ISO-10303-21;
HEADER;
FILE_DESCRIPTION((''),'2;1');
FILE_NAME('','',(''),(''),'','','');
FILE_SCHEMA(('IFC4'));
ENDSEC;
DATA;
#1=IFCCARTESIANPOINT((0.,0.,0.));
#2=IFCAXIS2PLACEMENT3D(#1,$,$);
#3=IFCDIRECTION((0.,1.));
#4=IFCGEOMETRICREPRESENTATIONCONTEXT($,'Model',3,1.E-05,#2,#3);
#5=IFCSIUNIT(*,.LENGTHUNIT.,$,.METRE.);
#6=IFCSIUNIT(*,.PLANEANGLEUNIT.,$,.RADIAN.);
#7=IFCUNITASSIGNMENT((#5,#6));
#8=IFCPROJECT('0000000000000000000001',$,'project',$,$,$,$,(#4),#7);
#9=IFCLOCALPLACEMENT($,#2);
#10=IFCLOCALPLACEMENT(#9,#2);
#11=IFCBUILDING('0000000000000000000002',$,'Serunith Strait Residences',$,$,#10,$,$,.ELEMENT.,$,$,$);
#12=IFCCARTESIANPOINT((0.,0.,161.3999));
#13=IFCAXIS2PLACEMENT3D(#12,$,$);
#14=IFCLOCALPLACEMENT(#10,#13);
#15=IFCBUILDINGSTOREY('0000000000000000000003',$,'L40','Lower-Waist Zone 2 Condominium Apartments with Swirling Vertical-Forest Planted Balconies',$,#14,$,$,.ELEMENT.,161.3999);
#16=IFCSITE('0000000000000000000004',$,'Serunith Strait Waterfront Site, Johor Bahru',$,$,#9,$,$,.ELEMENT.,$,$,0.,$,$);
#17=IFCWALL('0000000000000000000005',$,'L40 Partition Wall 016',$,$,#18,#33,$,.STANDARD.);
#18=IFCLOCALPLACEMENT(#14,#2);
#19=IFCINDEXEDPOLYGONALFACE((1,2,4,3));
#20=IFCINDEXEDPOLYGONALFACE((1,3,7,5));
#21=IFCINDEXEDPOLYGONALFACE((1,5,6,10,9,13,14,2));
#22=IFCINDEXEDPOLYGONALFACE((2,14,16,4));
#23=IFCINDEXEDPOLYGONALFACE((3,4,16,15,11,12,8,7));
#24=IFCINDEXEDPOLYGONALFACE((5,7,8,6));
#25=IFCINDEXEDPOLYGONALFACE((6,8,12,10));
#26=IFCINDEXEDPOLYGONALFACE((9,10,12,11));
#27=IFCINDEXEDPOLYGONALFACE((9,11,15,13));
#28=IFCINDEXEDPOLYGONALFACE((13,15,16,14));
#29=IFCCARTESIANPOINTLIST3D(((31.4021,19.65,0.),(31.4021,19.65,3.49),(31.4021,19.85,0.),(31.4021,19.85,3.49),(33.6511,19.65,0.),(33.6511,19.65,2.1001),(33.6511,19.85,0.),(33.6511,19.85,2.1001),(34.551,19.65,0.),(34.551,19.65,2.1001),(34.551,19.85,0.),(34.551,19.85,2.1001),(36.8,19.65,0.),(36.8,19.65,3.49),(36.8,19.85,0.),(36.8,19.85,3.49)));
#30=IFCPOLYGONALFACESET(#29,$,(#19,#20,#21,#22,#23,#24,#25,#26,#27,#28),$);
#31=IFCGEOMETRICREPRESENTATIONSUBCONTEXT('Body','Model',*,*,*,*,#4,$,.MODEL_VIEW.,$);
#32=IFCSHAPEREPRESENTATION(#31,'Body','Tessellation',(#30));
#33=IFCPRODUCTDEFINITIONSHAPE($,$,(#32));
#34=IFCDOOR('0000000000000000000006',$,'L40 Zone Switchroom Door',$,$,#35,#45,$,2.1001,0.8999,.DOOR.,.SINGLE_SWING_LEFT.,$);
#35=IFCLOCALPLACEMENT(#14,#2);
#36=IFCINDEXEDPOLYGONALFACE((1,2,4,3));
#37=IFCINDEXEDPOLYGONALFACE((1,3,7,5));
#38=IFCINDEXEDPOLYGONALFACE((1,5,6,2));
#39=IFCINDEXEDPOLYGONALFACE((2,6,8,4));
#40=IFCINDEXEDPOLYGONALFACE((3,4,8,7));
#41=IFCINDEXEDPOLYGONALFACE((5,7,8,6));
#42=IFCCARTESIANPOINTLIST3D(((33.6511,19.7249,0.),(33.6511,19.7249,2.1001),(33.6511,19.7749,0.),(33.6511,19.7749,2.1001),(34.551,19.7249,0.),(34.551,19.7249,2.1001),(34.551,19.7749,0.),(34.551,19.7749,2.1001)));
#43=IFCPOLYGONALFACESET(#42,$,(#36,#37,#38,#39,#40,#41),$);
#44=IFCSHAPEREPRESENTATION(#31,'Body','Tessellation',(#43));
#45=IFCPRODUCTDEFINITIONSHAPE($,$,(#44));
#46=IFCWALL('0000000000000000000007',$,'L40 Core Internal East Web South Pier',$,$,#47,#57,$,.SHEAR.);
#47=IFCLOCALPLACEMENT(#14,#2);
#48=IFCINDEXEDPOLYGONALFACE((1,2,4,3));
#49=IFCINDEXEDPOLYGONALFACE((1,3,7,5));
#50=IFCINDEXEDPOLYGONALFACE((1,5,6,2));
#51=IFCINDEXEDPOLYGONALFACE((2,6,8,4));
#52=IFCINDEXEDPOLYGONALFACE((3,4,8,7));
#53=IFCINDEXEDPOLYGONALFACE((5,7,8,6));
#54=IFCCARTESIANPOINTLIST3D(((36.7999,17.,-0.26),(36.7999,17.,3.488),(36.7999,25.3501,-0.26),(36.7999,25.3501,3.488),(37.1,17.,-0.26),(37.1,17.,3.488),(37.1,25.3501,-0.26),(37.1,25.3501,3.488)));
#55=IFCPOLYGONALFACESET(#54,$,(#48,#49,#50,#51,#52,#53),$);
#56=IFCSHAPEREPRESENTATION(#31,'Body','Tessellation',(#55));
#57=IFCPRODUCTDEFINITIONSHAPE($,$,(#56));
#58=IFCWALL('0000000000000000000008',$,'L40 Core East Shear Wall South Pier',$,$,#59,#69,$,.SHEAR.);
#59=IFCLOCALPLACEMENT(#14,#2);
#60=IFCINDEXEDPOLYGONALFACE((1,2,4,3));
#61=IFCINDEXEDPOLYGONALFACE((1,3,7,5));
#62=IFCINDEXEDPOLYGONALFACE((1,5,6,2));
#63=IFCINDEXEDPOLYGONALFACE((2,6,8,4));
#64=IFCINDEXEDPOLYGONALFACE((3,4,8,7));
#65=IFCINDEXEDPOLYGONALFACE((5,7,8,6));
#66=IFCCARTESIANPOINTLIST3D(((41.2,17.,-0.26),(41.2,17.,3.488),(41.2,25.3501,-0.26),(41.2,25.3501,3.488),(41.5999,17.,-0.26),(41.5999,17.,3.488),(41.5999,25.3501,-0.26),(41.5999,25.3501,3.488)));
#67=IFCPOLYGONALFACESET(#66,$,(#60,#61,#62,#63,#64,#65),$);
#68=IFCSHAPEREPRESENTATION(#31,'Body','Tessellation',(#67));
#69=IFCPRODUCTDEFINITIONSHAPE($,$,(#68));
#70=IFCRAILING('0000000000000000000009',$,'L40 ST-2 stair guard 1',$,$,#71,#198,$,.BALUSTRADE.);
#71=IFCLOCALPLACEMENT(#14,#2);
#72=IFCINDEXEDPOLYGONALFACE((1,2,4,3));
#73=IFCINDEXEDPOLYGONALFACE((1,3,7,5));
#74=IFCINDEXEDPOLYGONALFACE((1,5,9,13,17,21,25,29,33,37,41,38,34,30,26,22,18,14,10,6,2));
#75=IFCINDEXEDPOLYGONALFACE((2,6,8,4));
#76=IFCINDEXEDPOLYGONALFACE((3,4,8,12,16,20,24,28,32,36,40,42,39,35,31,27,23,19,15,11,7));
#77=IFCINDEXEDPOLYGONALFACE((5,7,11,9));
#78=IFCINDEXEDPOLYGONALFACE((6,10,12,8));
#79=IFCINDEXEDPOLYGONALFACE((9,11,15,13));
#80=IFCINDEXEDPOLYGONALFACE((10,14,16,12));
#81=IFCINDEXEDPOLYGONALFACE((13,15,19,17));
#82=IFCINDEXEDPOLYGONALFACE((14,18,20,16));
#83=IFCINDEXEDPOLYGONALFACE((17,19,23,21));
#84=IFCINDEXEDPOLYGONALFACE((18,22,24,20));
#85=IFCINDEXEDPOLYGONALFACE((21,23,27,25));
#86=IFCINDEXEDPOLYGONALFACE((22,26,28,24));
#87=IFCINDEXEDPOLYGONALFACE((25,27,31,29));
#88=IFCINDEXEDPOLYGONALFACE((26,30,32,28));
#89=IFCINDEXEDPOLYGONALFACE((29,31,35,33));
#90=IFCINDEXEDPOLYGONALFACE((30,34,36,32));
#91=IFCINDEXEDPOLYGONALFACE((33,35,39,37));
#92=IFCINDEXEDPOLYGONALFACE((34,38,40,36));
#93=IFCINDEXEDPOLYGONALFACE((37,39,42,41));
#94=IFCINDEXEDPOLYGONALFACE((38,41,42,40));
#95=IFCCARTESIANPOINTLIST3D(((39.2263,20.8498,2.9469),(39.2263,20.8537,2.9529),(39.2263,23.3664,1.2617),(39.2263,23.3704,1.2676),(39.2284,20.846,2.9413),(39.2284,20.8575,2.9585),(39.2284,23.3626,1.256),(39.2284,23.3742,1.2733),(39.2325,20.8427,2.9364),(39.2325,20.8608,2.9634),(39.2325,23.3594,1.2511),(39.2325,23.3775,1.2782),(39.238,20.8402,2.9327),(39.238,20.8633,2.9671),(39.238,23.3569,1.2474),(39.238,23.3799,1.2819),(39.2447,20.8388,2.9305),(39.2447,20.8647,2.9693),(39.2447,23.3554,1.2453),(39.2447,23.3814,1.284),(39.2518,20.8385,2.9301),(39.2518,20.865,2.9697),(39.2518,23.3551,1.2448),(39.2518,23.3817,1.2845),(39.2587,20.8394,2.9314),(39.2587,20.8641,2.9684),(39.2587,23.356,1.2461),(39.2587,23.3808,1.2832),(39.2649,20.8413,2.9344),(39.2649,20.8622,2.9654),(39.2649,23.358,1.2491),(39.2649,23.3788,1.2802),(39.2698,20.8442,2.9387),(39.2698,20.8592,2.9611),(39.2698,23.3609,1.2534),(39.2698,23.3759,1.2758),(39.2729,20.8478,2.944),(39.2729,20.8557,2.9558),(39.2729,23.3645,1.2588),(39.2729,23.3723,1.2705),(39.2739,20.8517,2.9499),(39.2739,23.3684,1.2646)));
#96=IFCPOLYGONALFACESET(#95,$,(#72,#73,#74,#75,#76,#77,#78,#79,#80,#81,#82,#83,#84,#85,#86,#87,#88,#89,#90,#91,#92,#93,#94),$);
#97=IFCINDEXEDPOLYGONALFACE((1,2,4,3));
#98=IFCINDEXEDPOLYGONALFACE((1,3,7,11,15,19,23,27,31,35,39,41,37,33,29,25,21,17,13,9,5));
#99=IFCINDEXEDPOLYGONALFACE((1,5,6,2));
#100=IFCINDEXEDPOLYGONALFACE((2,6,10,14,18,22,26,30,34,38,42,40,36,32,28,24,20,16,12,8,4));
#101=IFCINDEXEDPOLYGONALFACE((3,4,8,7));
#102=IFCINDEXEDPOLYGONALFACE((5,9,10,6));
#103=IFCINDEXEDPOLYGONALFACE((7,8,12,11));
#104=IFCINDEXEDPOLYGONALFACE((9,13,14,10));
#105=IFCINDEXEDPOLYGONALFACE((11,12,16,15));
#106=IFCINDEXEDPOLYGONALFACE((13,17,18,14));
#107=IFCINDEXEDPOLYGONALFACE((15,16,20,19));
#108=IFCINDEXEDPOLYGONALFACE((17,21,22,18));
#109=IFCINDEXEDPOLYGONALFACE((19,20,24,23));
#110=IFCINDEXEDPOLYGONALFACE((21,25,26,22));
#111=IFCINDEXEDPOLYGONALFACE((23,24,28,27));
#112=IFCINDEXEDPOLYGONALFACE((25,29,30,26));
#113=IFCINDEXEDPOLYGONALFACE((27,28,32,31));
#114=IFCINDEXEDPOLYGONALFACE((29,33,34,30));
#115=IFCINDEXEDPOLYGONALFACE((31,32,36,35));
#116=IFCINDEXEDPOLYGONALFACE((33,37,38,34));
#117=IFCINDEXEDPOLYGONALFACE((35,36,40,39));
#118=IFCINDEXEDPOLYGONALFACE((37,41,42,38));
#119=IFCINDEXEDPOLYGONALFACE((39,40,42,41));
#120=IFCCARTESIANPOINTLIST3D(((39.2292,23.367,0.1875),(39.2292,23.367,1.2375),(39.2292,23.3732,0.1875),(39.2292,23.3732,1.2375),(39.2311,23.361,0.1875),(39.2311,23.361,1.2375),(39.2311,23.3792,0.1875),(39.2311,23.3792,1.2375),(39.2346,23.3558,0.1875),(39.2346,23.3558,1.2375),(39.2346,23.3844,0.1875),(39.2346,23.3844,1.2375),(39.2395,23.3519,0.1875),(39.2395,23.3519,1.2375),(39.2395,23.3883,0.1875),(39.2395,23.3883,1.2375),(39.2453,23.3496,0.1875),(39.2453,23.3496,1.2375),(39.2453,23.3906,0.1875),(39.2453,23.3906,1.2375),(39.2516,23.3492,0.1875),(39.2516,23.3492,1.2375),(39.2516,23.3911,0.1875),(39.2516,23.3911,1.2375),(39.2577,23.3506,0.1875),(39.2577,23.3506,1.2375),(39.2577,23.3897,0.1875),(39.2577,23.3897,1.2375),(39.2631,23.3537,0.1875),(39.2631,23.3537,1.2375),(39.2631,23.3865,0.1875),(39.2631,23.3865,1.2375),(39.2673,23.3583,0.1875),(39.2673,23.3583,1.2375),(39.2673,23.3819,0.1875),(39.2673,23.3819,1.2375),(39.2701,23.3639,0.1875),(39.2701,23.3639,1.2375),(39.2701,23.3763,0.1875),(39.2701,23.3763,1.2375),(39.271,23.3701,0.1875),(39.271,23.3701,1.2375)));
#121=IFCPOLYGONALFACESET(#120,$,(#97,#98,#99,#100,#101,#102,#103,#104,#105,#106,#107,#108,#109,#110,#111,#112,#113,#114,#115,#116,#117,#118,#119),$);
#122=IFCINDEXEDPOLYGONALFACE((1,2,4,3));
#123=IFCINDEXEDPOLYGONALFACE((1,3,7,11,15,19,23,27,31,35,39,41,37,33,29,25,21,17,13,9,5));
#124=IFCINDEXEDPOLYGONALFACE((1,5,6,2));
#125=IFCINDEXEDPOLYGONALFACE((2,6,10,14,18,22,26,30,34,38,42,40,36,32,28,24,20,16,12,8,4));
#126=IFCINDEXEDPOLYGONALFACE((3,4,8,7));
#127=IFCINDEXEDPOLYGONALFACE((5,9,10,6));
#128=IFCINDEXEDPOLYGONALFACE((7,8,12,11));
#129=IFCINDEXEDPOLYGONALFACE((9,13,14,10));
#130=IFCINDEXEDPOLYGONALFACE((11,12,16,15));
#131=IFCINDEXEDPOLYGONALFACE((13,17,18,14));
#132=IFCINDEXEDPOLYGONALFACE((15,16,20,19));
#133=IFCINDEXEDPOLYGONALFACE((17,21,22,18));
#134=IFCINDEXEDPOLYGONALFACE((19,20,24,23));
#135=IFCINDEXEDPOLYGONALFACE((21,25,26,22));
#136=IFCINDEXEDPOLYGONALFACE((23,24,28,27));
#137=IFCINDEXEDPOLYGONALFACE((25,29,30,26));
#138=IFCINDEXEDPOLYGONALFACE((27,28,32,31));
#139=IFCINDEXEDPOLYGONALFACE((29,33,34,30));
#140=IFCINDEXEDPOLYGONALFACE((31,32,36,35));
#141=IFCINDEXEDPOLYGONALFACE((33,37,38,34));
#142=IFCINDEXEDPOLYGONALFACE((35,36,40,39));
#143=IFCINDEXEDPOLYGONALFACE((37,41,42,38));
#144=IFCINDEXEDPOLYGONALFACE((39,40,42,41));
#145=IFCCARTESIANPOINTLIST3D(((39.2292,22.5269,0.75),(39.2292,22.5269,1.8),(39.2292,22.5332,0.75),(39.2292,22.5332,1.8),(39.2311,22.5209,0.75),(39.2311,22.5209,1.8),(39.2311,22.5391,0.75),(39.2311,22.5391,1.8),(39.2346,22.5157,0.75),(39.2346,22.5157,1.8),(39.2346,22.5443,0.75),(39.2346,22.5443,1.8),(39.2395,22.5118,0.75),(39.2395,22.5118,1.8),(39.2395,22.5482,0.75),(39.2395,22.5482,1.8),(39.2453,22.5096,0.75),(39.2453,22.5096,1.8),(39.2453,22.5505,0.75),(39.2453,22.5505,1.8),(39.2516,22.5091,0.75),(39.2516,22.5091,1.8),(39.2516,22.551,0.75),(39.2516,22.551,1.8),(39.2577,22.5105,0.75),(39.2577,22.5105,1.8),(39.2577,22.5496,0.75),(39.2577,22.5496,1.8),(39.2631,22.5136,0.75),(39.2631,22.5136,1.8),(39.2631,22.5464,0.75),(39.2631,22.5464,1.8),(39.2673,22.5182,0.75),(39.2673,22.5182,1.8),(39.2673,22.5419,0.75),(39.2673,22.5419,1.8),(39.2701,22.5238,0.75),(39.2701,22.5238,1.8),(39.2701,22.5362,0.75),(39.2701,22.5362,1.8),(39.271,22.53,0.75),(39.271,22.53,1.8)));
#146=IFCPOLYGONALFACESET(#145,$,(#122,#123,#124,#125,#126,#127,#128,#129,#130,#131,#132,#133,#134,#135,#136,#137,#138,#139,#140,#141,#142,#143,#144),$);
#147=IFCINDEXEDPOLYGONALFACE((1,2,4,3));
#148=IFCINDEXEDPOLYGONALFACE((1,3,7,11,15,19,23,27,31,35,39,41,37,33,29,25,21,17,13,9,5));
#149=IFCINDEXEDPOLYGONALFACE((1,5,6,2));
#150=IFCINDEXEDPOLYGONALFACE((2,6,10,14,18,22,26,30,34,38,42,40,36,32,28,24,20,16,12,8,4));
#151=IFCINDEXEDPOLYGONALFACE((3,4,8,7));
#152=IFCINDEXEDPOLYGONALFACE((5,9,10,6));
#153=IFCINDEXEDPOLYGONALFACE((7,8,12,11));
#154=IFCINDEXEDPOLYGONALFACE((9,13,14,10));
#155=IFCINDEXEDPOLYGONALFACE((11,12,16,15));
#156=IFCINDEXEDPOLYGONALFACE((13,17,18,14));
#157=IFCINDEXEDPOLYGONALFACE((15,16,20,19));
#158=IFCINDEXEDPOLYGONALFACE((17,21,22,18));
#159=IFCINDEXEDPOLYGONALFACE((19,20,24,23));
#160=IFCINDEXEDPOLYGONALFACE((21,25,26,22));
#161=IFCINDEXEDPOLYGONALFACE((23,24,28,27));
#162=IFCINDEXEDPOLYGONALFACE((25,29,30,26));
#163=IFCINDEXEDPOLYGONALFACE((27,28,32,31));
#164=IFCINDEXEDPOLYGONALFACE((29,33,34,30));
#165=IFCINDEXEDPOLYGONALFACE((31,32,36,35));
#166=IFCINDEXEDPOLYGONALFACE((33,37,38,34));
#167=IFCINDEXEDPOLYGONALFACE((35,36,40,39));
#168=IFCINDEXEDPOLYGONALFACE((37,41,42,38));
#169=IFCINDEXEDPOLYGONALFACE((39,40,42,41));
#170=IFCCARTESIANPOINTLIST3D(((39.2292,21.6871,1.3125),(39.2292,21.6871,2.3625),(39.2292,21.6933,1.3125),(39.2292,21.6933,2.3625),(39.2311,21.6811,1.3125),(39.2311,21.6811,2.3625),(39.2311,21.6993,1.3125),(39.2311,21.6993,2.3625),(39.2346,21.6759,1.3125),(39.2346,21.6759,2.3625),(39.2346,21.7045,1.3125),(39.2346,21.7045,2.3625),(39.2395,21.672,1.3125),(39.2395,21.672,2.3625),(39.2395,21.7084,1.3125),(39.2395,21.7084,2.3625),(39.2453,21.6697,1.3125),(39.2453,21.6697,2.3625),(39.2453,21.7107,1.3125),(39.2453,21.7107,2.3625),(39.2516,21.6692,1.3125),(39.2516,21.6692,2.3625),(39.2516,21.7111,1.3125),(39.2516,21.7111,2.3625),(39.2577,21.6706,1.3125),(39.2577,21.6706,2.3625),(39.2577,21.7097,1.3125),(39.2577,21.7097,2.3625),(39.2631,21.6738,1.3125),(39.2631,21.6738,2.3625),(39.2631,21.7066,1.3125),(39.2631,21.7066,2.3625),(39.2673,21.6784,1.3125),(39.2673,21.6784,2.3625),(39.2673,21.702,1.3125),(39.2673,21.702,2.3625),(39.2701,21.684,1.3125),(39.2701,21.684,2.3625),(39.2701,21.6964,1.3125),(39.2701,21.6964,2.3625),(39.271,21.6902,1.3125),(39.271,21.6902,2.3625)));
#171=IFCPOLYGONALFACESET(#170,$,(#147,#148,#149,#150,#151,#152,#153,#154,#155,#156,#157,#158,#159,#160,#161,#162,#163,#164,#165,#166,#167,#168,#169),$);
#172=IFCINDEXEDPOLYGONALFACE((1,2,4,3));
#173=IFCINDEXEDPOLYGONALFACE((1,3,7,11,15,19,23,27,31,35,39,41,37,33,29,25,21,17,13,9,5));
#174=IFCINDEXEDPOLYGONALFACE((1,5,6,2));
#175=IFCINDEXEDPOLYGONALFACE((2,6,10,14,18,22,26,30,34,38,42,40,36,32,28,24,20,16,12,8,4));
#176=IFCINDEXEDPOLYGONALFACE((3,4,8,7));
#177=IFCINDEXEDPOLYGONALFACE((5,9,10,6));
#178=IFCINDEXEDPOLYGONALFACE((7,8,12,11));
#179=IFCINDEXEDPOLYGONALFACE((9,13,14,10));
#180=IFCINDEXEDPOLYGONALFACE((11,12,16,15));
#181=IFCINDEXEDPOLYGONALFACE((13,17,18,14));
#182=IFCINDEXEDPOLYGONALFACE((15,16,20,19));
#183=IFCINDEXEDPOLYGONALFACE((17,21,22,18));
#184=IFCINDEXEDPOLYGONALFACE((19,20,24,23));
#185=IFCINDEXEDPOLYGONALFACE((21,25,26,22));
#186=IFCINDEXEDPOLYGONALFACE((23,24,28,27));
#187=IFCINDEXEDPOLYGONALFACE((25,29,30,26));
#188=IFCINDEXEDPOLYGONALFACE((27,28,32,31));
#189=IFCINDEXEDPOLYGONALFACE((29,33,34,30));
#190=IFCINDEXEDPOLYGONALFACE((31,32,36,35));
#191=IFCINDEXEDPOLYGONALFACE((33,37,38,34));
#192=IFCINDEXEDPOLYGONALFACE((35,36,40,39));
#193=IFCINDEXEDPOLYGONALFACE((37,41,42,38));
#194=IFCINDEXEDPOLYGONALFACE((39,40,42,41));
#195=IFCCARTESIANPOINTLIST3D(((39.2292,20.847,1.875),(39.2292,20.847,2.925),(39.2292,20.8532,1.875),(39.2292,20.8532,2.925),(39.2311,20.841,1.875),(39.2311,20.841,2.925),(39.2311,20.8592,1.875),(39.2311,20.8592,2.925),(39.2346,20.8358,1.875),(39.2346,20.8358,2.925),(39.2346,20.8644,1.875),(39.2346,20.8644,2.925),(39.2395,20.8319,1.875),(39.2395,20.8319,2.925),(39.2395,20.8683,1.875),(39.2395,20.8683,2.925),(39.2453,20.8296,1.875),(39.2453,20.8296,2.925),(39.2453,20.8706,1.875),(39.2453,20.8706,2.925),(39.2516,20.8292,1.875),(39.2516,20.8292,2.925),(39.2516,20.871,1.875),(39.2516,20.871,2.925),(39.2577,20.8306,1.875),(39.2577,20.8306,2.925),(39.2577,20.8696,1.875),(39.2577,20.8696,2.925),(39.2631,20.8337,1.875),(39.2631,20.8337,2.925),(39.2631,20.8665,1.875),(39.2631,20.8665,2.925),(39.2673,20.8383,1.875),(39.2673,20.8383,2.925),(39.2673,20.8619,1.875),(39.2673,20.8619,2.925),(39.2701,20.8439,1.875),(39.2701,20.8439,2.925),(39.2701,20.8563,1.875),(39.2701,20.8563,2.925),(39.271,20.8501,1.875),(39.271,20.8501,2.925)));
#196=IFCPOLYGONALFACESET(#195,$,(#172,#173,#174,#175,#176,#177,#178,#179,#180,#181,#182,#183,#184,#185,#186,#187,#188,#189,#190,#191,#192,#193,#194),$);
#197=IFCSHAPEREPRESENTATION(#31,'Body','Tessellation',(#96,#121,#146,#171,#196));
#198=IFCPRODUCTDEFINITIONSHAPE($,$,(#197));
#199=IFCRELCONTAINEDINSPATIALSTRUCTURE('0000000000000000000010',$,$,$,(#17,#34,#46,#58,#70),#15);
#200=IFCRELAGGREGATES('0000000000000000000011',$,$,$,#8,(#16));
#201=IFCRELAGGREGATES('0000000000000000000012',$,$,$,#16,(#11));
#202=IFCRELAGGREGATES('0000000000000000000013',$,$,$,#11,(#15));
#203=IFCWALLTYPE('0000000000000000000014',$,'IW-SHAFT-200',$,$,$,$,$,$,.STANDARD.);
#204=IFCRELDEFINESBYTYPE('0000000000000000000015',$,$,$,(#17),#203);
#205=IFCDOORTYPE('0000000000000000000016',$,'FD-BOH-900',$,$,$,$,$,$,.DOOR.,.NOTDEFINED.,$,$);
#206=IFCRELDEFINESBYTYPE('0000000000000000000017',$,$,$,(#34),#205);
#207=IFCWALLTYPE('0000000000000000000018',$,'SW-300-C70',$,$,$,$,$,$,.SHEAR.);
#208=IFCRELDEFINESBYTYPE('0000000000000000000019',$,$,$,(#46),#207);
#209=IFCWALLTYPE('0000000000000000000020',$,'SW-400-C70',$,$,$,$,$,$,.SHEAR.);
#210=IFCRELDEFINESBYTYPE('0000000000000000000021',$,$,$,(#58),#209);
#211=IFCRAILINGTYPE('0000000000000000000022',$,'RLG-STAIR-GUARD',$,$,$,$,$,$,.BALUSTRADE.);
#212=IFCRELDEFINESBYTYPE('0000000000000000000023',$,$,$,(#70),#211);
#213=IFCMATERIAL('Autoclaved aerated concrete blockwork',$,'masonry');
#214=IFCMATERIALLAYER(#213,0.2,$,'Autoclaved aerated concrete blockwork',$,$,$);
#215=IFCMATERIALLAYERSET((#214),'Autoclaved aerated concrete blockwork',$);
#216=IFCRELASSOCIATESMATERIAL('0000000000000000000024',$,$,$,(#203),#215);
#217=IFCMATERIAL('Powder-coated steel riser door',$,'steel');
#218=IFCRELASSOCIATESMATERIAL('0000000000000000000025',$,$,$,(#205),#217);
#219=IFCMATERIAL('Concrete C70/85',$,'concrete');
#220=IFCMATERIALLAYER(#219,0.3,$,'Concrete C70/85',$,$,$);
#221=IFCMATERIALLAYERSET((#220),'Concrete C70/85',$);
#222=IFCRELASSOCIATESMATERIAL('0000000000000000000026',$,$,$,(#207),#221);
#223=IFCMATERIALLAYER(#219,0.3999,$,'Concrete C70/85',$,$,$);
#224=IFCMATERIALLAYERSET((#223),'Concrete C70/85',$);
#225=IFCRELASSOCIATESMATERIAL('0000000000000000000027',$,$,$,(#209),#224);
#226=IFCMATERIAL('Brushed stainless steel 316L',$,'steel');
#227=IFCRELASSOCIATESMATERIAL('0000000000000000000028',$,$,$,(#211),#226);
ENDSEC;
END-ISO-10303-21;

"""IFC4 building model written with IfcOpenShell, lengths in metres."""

from ifc_helpers import new_model, si_unit, direction, frame, frame_2d, origin, origin_2d, place, context, subcontext, project, spatial, rectangle, circle, extrude, source, transform, mapped, material, layer, layer_set, type_object, element, fill, save


model = new_model("IFC4")

# Units and contexts
model_context = context("Model", 3, precision=1e-05, world=origin(), true_north=direction((0.0, 1.0)))
body_context = subcontext(model_context, "Body", "Model", "MODEL_VIEW")
ifc_project = project(units=[si_unit("LENGTHUNIT", "METRE"), si_unit("PLANEANGLEUNIT", "RADIAN")], contexts=[model_context])

# Site, building, storey
site_placement = place(None, origin())
site = spatial("IfcSite", under=ifc_project, at=site_placement, Name="Serunith Strait Waterfront Site, Johor Bahru", CompositionType="ELEMENT", RefElevation=0.0)
building_placement = place(site_placement, origin())
building = spatial("IfcBuilding", under=site, at=building_placement, Name="Serunith Strait Residences", CompositionType="ELEMENT")
storey_placement = place(building_placement, frame((0.0, 0.0, 161.3999)))
storey = spatial("IfcBuildingStorey", under=building, at=storey_placement, Name="L40", Description="Lower-Waist Zone 2 Condominium Apartments with Swirling Vertical-Forest Planted Balconies", CompositionType="ELEMENT", Elevation=161.3999)

# Wall, opening, door
ifc_material_1 = material(Name="Autoclaved aerated concrete blockwork", Category="masonry")
ifc_layer_1 = layer(ifc_material_1, 0.2, Name="Autoclaved aerated concrete blockwork")
ifc_layer_set_1 = layer_set([ifc_layer_1], Name="Autoclaved aerated concrete blockwork")
wall_type_1 = type_object("IfcWallType", Name="IW-SHAFT-200", PredefinedType="STANDARD", material=ifc_layer_set_1)
wall_1_placement = place(storey_placement, frame((31.4021, 19.75, 0.0), z_axis=(0.0, 0.0, 1.0), x_axis=(1.0, 0.0, 0.0)))
wall_1 = element("IfcWall", 1, at=wall_1_placement, inside=storey, type_object=wall_type_1, Name="L40 Partition Wall 016", PredefinedType="STANDARD", context=body_context, shape_type="SweptSolid", body=[
    extrude(rectangle(XDim=5.3979, YDim=0.2, at=frame_2d((2.699, 0.0))), origin(), (0.0, 0.0, 1.0), 3.49),
])
opening_1_placement = place(wall_1_placement, frame((2.249, 0.0, 0.0)))
opening_1 = element("IfcOpeningElement", 2, at=opening_1_placement, cuts=wall_1, PredefinedType="OPENING", context=body_context, shape_type="SweptSolid", body=[
    extrude(rectangle(XDim=0.8999, YDim=2.1001, at=frame_2d((0.45, 1.05))), frame((0.0, 0.1099, 0.0), z_axis=(0.0, -1.0, 0.0), x_axis=(1.0, 0.0, 0.0)), (0.0, 0.0, 1.0), 0.22),
])
ifc_material_2 = material(Name="Powder-coated steel riser door", Category="steel")
door_type_1 = type_object("IfcDoorType", Name="FD-BOH-900", OperationType="NOTDEFINED", PredefinedType="DOOR", material=ifc_material_2)
shared_shape_1 = source(origin(), body_context, "Body", "SweptSolid", [
    extrude(rectangle(XDim=0.8999, YDim=2.1001, at=frame_2d((0.45, 1.05))), frame((0.0, 0.0249, 0.0), z_axis=(0.0, -1.0, 0.0), x_axis=(1.0, 0.0, 0.0)), (0.0, 0.0, 1.0), 0.05),
])
door_1_placement = place(opening_1_placement, origin())
door_1 = element("IfcDoor", 3, at=door_1_placement, inside=storey, type_object=door_type_1, Name="L40 Zone Switchroom Door", OperationType="SINGLE_SWING_LEFT", OverallHeight=2.1001, OverallWidth=0.8999, PredefinedType="DOOR", context=body_context, shape_type="MappedRepresentation", body=[
    mapped(shared_shape_1, transform((0.0, 0.0, 0.0), scale=1.0)),
])
fill(opening_1, door_1)

# Walls
ifc_material_3 = material(Name="Concrete C70/85", Category="concrete")
ifc_layer_2 = layer(ifc_material_3, 0.3, Name="Concrete C70/85")
ifc_layer_set_2 = layer_set([ifc_layer_2], Name="Concrete C70/85")
wall_type_2 = type_object("IfcWallType", Name="SW-300-C70", PredefinedType="SHEAR", material=ifc_layer_set_2)
wall_2_placement = place(storey_placement, frame((36.95, 17.0, -0.26), z_axis=(0.0, 0.0, 1.0), x_axis=(0.0, 1.0, 0.0)))
element("IfcWall", 4, at=wall_2_placement, inside=storey, type_object=wall_type_2, Name="L40 Core Internal East Web South Pier", PredefinedType="SHEAR", context=body_context, shape_type="SweptSolid", body=[
    extrude(rectangle(XDim=8.3501, YDim=0.3, at=frame_2d((4.175, 0.0))), origin(), (0.0, 0.0, 1.0), 3.748),
])
ifc_layer_3 = layer(ifc_material_3, 0.3999, Name="Concrete C70/85")
ifc_layer_set_3 = layer_set([ifc_layer_3], Name="Concrete C70/85")
wall_type_3 = type_object("IfcWallType", Name="SW-400-C70", PredefinedType="SHEAR", material=ifc_layer_set_3)
wall_3_placement = place(storey_placement, frame((41.3999, 17.0, -0.26), z_axis=(0.0, 0.0, 1.0), x_axis=(0.0, 1.0, 0.0)))
element("IfcWall", 5, at=wall_3_placement, inside=storey, type_object=wall_type_3, Name="L40 Core East Shear Wall South Pier", PredefinedType="SHEAR", context=body_context, shape_type="SweptSolid", body=[
    extrude(rectangle(XDim=8.3501, YDim=0.3999, at=frame_2d((4.175, 0.0))), origin(), (0.0, 0.0, 1.0), 3.748),
])

# Railing
ifc_material_4 = material(Name="Brushed stainless steel 316L", Category="steel")
railing_type_1 = type_object("IfcRailingType", Name="RLG-STAIR-GUARD", PredefinedType="BALUSTRADE", material=ifc_material_4)
railing_1_placement = place(storey_placement, frame((39.25, 23.3701, 0.1875)))
element("IfcRailing", 6, at=railing_1_placement, inside=storey, type_object=railing_type_1, Name="L40 ST-2 stair guard 1", PredefinedType="BALUSTRADE", context=body_context, shape_type="SweptSolid", body=[
    extrude(circle(Radius=0.0239, at=origin_2d()), frame((0.0, -0.0017, 1.0771), z_axis=(0.0, -0.830909, 0.556408), x_axis=(1.0, 0.0, 0.0)), (0.0, 0.0, 1.0), 3.0288),
    extrude(circle(Radius=0.021, at=origin_2d()), origin(), (0.0, 0.0, 1.0), 1.05),
    extrude(circle(Radius=0.021, at=origin_2d()), frame((0.0, -0.8401, 0.5625)), (0.0, 0.0, 1.0), 1.05),
    extrude(circle(Radius=0.021, at=origin_2d()), frame((0.0, -1.6799, 1.125)), (0.0, 0.0, 1.0), 1.05),
    extrude(circle(Radius=0.021, at=origin_2d()), frame((0.0, -2.52, 1.6875)), (0.0, 0.0, 1.0), 1.05),
])

save(model, "model.ifc")
